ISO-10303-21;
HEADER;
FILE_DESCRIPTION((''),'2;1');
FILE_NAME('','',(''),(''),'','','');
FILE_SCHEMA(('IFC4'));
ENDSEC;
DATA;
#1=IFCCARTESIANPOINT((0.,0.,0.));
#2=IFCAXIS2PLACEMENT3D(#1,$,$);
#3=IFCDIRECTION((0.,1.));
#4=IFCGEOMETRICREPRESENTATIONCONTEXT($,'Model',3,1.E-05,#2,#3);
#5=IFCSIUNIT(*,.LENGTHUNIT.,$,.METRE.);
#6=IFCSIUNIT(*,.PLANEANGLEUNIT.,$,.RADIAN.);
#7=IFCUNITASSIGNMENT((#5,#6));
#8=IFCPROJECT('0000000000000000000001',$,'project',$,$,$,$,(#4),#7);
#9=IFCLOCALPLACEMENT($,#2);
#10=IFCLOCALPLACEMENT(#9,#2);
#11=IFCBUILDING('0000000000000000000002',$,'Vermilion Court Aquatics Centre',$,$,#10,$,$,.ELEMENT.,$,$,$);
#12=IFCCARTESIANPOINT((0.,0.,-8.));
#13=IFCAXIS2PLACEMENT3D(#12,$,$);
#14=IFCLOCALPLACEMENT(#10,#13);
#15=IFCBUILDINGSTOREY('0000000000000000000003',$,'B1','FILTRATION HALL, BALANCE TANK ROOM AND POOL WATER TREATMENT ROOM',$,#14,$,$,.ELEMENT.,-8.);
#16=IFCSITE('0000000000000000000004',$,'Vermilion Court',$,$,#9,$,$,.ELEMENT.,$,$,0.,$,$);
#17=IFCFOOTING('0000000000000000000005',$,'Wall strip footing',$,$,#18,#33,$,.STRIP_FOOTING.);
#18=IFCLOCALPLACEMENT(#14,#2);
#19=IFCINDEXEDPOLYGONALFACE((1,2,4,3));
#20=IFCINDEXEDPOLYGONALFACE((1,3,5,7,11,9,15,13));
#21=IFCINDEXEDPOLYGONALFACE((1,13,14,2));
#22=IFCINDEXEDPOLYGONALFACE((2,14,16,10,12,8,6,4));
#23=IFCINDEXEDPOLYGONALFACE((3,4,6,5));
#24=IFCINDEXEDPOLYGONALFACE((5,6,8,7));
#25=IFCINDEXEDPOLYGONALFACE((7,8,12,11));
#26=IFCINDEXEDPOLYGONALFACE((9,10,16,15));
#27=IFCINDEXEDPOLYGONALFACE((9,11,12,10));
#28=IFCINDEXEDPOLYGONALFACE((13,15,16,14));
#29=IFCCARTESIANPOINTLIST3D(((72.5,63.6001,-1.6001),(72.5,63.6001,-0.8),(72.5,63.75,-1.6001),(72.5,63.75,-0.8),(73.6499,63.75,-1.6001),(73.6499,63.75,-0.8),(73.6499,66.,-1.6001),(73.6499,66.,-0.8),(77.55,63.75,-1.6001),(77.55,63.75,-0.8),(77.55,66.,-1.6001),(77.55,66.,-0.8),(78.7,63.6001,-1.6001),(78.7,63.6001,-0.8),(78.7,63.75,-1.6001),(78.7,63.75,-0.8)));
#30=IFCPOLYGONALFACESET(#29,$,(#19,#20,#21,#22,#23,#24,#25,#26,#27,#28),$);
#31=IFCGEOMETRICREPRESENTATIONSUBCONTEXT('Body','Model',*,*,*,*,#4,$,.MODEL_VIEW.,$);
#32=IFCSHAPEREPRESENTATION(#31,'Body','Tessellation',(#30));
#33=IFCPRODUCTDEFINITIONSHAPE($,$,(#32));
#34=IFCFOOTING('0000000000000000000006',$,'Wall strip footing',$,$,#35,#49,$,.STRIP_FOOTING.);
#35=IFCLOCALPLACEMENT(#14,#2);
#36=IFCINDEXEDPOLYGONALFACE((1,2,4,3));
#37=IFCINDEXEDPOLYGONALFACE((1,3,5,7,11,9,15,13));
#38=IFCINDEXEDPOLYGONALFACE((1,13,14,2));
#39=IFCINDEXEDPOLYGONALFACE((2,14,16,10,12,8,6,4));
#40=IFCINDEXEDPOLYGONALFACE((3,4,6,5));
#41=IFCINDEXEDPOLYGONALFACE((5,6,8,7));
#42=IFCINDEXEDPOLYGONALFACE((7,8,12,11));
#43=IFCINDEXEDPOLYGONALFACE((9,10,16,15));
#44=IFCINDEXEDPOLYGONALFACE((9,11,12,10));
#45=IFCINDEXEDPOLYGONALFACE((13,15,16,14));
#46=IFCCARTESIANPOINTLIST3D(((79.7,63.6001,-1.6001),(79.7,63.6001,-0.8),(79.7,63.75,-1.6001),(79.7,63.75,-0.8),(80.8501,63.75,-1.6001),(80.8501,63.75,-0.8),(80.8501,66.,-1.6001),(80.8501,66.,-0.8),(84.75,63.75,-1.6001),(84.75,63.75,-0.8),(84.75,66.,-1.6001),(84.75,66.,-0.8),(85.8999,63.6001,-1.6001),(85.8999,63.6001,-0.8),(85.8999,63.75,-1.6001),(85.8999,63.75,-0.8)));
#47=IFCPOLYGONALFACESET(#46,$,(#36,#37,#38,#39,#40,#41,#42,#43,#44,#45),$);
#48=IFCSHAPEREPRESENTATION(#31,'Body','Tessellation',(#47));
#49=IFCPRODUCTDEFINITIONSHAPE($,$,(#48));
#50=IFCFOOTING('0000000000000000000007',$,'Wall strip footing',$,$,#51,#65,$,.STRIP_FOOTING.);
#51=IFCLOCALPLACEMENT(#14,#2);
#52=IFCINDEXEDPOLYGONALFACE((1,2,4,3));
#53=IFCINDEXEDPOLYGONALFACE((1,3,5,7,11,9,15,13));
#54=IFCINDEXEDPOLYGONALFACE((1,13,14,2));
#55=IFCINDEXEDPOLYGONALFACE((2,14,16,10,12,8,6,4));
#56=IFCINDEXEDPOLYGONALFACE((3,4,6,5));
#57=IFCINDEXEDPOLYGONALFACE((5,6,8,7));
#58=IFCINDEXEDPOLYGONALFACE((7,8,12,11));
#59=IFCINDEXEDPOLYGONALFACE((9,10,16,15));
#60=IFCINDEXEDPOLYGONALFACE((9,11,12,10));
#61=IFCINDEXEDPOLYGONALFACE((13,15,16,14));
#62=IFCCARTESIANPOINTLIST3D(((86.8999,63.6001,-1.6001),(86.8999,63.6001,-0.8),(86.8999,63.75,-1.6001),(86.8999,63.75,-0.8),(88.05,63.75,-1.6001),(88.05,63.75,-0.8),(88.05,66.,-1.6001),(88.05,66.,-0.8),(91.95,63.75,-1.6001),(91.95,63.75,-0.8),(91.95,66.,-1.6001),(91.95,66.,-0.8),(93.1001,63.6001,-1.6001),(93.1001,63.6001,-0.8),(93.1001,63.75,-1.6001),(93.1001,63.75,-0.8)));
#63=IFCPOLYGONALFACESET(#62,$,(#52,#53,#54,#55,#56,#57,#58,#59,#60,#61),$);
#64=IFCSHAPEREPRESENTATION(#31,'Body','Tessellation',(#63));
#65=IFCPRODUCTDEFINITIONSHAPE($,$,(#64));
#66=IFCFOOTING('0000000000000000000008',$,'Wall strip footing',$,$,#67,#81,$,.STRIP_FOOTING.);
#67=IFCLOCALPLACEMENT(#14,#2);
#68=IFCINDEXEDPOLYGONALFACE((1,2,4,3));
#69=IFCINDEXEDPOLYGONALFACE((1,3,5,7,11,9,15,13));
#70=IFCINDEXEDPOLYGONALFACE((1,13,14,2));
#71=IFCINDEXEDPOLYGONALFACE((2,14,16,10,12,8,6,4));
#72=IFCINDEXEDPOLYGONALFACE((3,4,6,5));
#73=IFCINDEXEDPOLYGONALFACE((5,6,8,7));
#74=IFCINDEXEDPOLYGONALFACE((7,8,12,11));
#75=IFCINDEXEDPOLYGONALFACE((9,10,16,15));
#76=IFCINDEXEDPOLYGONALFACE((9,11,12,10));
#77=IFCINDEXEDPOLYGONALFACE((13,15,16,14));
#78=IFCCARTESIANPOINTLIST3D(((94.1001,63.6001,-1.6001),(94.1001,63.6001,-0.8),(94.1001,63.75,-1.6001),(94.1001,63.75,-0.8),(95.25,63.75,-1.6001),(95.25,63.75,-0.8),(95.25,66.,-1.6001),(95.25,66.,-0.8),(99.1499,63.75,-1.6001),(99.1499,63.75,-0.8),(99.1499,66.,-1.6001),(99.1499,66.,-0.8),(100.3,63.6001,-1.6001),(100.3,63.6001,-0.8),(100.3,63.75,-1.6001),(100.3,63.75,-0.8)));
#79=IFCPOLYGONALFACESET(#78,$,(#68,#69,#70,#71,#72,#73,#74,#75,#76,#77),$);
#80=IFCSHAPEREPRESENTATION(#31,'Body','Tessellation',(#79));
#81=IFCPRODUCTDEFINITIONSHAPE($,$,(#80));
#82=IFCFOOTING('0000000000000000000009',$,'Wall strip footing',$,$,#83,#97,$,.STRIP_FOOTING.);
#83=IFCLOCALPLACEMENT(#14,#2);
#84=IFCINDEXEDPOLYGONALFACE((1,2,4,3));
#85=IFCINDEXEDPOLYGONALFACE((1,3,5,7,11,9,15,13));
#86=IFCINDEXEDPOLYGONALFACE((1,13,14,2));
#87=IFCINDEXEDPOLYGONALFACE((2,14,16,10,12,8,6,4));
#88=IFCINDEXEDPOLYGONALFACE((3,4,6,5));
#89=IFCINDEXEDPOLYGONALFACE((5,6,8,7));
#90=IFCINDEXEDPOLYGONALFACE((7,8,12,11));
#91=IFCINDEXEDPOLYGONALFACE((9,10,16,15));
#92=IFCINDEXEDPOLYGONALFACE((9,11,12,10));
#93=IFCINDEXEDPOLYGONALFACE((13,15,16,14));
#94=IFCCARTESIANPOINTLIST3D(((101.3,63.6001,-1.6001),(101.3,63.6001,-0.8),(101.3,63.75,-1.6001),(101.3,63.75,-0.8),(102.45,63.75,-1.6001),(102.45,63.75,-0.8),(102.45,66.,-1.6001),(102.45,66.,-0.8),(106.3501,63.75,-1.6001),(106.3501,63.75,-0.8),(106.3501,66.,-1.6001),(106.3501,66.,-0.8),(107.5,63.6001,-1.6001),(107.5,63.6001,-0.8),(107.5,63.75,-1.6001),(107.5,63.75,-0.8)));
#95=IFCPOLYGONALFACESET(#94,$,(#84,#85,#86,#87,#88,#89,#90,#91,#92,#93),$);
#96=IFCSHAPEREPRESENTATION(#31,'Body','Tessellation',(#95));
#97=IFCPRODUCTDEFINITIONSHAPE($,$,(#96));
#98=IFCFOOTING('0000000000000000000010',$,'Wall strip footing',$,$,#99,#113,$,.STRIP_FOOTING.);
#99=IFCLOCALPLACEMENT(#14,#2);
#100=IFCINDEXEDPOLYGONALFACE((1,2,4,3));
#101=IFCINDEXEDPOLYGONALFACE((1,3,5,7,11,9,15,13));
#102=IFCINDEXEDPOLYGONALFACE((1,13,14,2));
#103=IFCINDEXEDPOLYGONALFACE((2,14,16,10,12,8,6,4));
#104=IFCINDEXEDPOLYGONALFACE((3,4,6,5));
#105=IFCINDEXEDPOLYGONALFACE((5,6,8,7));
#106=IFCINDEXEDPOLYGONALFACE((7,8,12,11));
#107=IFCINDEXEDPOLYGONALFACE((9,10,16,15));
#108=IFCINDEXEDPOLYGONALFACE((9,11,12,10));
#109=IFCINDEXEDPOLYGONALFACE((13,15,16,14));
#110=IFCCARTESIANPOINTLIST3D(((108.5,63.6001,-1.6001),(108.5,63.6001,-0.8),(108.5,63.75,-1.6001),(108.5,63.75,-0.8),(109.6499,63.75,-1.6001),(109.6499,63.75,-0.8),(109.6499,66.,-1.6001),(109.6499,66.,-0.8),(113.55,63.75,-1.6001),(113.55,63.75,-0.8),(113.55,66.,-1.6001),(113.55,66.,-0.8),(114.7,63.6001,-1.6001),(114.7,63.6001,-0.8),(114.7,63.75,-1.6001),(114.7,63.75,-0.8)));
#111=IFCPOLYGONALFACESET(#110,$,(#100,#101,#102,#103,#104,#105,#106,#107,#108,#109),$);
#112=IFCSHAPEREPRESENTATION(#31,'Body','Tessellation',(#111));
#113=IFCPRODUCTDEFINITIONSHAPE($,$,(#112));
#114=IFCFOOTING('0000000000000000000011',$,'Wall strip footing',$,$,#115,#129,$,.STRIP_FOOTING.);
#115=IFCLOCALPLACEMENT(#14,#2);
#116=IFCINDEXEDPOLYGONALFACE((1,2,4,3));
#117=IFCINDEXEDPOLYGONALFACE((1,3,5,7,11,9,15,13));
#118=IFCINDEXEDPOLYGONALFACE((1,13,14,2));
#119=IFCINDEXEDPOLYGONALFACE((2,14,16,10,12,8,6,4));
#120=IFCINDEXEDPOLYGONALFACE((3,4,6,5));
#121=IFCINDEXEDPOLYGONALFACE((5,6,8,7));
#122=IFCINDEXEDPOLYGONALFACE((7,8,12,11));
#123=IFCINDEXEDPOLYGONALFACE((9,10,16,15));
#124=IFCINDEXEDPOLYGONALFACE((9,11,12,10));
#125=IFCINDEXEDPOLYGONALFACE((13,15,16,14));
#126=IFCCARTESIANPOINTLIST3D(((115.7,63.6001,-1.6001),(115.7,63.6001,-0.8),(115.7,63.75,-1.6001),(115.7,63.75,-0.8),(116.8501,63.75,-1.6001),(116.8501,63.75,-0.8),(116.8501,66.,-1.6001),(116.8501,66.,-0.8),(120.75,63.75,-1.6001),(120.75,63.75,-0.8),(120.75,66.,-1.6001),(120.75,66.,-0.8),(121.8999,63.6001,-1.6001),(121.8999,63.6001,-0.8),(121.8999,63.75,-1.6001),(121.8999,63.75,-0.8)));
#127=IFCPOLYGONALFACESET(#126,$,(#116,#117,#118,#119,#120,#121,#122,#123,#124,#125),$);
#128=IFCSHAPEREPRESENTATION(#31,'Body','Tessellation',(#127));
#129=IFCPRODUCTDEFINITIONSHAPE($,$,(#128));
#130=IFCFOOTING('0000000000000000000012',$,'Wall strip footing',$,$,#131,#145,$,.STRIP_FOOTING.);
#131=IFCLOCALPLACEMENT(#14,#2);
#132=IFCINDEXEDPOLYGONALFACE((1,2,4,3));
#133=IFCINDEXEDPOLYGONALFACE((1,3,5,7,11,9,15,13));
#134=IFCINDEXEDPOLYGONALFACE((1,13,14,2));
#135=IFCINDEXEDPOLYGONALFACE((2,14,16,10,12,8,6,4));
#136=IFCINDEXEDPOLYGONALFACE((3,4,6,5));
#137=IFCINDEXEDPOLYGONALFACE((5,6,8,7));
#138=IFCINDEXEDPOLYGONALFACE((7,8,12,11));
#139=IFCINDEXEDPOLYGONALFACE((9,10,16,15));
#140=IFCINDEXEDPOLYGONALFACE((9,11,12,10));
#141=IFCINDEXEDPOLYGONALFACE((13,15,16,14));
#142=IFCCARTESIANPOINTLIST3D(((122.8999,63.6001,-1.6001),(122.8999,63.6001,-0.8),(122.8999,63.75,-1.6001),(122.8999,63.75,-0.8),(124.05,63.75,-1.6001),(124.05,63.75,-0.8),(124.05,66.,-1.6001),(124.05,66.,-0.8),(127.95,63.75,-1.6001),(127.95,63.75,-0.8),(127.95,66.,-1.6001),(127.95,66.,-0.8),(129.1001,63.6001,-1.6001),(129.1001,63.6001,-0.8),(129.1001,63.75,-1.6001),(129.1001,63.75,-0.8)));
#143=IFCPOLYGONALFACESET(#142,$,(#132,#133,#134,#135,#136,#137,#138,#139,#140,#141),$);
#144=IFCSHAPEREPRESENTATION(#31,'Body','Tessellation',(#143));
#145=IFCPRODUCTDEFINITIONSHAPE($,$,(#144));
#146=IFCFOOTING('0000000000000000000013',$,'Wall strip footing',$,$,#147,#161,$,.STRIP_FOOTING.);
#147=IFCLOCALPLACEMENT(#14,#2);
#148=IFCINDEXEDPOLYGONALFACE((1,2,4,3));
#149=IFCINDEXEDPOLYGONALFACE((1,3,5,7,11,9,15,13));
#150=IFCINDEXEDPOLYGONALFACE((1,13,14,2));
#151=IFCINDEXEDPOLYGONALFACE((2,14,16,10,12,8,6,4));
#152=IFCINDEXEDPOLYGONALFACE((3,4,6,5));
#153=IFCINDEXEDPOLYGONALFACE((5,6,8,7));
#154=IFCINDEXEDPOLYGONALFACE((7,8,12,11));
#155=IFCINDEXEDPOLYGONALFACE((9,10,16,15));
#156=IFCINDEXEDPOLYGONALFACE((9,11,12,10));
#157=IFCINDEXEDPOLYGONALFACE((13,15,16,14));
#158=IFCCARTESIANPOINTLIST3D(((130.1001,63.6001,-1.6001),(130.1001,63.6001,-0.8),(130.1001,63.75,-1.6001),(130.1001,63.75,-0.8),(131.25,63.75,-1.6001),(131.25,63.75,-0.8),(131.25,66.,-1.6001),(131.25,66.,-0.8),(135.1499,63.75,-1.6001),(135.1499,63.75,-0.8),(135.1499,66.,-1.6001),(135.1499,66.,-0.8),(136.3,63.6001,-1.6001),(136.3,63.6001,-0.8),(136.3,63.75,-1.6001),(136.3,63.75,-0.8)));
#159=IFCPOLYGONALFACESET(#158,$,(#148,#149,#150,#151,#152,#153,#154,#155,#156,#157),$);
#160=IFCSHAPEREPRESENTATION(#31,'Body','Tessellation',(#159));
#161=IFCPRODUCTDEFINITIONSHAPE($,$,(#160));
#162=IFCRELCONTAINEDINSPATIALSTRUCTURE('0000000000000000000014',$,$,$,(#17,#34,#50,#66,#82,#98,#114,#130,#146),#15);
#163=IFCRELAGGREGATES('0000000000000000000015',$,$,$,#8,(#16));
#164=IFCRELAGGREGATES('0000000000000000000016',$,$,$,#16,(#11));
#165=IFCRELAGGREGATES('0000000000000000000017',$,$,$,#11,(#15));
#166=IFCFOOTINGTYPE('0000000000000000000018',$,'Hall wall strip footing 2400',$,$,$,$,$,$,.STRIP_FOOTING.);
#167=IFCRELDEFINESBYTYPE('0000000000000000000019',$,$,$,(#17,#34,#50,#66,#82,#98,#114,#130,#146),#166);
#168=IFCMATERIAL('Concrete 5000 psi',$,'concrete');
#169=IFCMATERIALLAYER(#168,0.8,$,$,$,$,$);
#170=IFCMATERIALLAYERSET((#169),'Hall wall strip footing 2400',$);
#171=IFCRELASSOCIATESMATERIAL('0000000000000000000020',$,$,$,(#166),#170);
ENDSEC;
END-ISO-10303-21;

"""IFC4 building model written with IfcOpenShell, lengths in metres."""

from ifc_helpers import new_model, si_unit, direction, frame, origin, place, context, subcontext, project, spatial, polyline, outline, extrude, material, layer, layer_set, type_object, element, save


model = new_model("IFC4")

# Units and contexts
model_context = context("Model", 3, precision=1e-05, world=origin(), true_north=direction((0.0, 1.0)))
body_context = subcontext(model_context, "Body", "Model", "MODEL_VIEW")
ifc_project = project(units=[si_unit("LENGTHUNIT", "METRE"), si_unit("PLANEANGLEUNIT", "RADIAN")], contexts=[model_context])

# Site, building, storey
site_placement = place(None, origin())
site = spatial("IfcSite", under=ifc_project, at=site_placement, Name="Vermilion Court", CompositionType="ELEMENT", RefElevation=0.0)
building_placement = place(site_placement, origin())
building = spatial("IfcBuilding", under=site, at=building_placement, Name="Vermilion Court Aquatics Centre", CompositionType="ELEMENT")
storey_placement = place(building_placement, frame((0.0, 0.0, -8.0)))
storey = spatial("IfcBuildingStorey", under=building, at=storey_placement, Name="B1", Description="FILTRATION HALL, BALANCE TANK ROOM AND POOL WATER TREATMENT ROOM", CompositionType="ELEMENT", Elevation=-8.0)

# Footings
ifc_material_1 = material(Name="Concrete 5000 psi", Category="concrete")
ifc_layer_1 = layer(ifc_material_1, 0.8)
ifc_layer_set_1 = layer_set([ifc_layer_1], Name="Hall wall strip footing 2400")
footing_type_1 = type_object("IfcFootingType", Name="Hall wall strip footing 2400", PredefinedType="STRIP_FOOTING", material=ifc_layer_set_1)
footing_1_placement = place(storey_placement, frame((0.0, 0.0, -1.6001)))
element("IfcFooting", 1, at=footing_1_placement, inside=storey, type_object=footing_type_1, Name="Wall strip footing", PredefinedType="STRIP_FOOTING", context=body_context, shape_type="SweptSolid", body=[
    extrude(outline(polyline([(72.5, 63.6001), (72.5, 63.75), (73.6499, 63.75), (73.6499, 66.0), (77.55, 66.0), (77.55, 63.75), (78.7, 63.75), (78.7, 63.6001), (72.5, 63.6001)])), origin(), (0.0, 0.0, 1.0), 0.8),
])
footing_2_placement = place(storey_placement, frame((0.0, 0.0, -1.6001)))
element("IfcFooting", 2, at=footing_2_placement, inside=storey, type_object=footing_type_1, Name="Wall strip footing", PredefinedType="STRIP_FOOTING", context=body_context, shape_type="SweptSolid", body=[
    extrude(outline(polyline([(79.7, 63.6001), (79.7, 63.75), (80.8501, 63.75), (80.8501, 66.0), (84.75, 66.0), (84.75, 63.75), (85.8999, 63.75), (85.8999, 63.6001), (79.7, 63.6001)])), origin(), (0.0, 0.0, 1.0), 0.8),
])
footing_3_placement = place(storey_placement, frame((0.0, 0.0, -1.6001)))
element("IfcFooting", 3, at=footing_3_placement, inside=storey, type_object=footing_type_1, Name="Wall strip footing", PredefinedType="STRIP_FOOTING", context=body_context, shape_type="SweptSolid", body=[
    extrude(outline(polyline([(86.8999, 63.75), (88.05, 63.75), (88.05, 66.0), (91.95, 66.0), (91.95, 63.75), (93.1001, 63.75), (93.1001, 63.6001), (86.8999, 63.6001), (86.8999, 63.75)])), origin(), (0.0, 0.0, 1.0), 0.8),
])
footing_4_placement = place(storey_placement, frame((0.0, 0.0, -1.6001)))
element("IfcFooting", 4, at=footing_4_placement, inside=storey, type_object=footing_type_1, Name="Wall strip footing", PredefinedType="STRIP_FOOTING", context=body_context, shape_type="SweptSolid", body=[
    extrude(outline(polyline([(94.1001, 63.75), (95.25, 63.75), (95.25, 66.0), (99.1499, 66.0), (99.1499, 63.75), (100.3, 63.75), (100.3, 63.6001), (94.1001, 63.6001), (94.1001, 63.75)])), origin(), (0.0, 0.0, 1.0), 0.8),
])
footing_5_placement = place(storey_placement, frame((0.0, 0.0, -1.6001)))
element("IfcFooting", 5, at=footing_5_placement, inside=storey, type_object=footing_type_1, Name="Wall strip footing", PredefinedType="STRIP_FOOTING", context=body_context, shape_type="SweptSolid", body=[
    extrude(outline(polyline([(101.3, 63.6001), (101.3, 63.75), (102.45, 63.75), (102.45, 66.0), (106.3501, 66.0), (106.3501, 63.75), (107.5, 63.75), (107.5, 63.6001), (101.3, 63.6001)])), origin(), (0.0, 0.0, 1.0), 0.8),
])
footing_6_placement = place(storey_placement, frame((0.0, 0.0, -1.6001)))
element("IfcFooting", 6, at=footing_6_placement, inside=storey, type_object=footing_type_1, Name="Wall strip footing", PredefinedType="STRIP_FOOTING", context=body_context, shape_type="SweptSolid", body=[
    extrude(outline(polyline([(108.5, 63.75), (109.6499, 63.75), (109.6499, 66.0), (113.55, 66.0), (113.55, 63.75), (114.7, 63.75), (114.7, 63.6001), (108.5, 63.6001), (108.5, 63.75)])), origin(), (0.0, 0.0, 1.0), 0.8),
])
footing_7_placement = place(storey_placement, frame((0.0, 0.0, -1.6001)))
element("IfcFooting", 7, at=footing_7_placement, inside=storey, type_object=footing_type_1, Name="Wall strip footing", PredefinedType="STRIP_FOOTING", context=body_context, shape_type="SweptSolid", body=[
    extrude(outline(polyline([(115.7, 63.75), (116.8501, 63.75), (116.8501, 66.0), (120.75, 66.0), (120.75, 63.75), (121.8999, 63.75), (121.8999, 63.6001), (115.7, 63.6001), (115.7, 63.75)])), origin(), (0.0, 0.0, 1.0), 0.8),
])
footing_8_placement = place(storey_placement, frame((0.0, 0.0, -1.6001)))
element("IfcFooting", 8, at=footing_8_placement, inside=storey, type_object=footing_type_1, Name="Wall strip footing", PredefinedType="STRIP_FOOTING", context=body_context, shape_type="SweptSolid", body=[
    extrude(outline(polyline([(122.8999, 63.6001), (122.8999, 63.75), (124.05, 63.75), (124.05, 66.0), (127.95, 66.0), (127.95, 63.75), (129.1001, 63.75), (129.1001, 63.6001), (122.8999, 63.6001)])), origin(), (0.0, 0.0, 1.0), 0.8),
])
footing_9_placement = place(storey_placement, frame((0.0, 0.0, -1.6001)))
element("IfcFooting", 9, at=footing_9_placement, inside=storey, type_object=footing_type_1, Name="Wall strip footing", PredefinedType="STRIP_FOOTING", context=body_context, shape_type="SweptSolid", body=[
    extrude(outline(polyline([(130.1001, 63.75), (131.25, 63.75), (131.25, 66.0), (135.1499, 66.0), (135.1499, 63.75), (136.3, 63.75), (136.3, 63.6001), (130.1001, 63.6001), (130.1001, 63.75)])), origin(), (0.0, 0.0, 1.0), 0.8),
])

save(model, "model.ifc")
